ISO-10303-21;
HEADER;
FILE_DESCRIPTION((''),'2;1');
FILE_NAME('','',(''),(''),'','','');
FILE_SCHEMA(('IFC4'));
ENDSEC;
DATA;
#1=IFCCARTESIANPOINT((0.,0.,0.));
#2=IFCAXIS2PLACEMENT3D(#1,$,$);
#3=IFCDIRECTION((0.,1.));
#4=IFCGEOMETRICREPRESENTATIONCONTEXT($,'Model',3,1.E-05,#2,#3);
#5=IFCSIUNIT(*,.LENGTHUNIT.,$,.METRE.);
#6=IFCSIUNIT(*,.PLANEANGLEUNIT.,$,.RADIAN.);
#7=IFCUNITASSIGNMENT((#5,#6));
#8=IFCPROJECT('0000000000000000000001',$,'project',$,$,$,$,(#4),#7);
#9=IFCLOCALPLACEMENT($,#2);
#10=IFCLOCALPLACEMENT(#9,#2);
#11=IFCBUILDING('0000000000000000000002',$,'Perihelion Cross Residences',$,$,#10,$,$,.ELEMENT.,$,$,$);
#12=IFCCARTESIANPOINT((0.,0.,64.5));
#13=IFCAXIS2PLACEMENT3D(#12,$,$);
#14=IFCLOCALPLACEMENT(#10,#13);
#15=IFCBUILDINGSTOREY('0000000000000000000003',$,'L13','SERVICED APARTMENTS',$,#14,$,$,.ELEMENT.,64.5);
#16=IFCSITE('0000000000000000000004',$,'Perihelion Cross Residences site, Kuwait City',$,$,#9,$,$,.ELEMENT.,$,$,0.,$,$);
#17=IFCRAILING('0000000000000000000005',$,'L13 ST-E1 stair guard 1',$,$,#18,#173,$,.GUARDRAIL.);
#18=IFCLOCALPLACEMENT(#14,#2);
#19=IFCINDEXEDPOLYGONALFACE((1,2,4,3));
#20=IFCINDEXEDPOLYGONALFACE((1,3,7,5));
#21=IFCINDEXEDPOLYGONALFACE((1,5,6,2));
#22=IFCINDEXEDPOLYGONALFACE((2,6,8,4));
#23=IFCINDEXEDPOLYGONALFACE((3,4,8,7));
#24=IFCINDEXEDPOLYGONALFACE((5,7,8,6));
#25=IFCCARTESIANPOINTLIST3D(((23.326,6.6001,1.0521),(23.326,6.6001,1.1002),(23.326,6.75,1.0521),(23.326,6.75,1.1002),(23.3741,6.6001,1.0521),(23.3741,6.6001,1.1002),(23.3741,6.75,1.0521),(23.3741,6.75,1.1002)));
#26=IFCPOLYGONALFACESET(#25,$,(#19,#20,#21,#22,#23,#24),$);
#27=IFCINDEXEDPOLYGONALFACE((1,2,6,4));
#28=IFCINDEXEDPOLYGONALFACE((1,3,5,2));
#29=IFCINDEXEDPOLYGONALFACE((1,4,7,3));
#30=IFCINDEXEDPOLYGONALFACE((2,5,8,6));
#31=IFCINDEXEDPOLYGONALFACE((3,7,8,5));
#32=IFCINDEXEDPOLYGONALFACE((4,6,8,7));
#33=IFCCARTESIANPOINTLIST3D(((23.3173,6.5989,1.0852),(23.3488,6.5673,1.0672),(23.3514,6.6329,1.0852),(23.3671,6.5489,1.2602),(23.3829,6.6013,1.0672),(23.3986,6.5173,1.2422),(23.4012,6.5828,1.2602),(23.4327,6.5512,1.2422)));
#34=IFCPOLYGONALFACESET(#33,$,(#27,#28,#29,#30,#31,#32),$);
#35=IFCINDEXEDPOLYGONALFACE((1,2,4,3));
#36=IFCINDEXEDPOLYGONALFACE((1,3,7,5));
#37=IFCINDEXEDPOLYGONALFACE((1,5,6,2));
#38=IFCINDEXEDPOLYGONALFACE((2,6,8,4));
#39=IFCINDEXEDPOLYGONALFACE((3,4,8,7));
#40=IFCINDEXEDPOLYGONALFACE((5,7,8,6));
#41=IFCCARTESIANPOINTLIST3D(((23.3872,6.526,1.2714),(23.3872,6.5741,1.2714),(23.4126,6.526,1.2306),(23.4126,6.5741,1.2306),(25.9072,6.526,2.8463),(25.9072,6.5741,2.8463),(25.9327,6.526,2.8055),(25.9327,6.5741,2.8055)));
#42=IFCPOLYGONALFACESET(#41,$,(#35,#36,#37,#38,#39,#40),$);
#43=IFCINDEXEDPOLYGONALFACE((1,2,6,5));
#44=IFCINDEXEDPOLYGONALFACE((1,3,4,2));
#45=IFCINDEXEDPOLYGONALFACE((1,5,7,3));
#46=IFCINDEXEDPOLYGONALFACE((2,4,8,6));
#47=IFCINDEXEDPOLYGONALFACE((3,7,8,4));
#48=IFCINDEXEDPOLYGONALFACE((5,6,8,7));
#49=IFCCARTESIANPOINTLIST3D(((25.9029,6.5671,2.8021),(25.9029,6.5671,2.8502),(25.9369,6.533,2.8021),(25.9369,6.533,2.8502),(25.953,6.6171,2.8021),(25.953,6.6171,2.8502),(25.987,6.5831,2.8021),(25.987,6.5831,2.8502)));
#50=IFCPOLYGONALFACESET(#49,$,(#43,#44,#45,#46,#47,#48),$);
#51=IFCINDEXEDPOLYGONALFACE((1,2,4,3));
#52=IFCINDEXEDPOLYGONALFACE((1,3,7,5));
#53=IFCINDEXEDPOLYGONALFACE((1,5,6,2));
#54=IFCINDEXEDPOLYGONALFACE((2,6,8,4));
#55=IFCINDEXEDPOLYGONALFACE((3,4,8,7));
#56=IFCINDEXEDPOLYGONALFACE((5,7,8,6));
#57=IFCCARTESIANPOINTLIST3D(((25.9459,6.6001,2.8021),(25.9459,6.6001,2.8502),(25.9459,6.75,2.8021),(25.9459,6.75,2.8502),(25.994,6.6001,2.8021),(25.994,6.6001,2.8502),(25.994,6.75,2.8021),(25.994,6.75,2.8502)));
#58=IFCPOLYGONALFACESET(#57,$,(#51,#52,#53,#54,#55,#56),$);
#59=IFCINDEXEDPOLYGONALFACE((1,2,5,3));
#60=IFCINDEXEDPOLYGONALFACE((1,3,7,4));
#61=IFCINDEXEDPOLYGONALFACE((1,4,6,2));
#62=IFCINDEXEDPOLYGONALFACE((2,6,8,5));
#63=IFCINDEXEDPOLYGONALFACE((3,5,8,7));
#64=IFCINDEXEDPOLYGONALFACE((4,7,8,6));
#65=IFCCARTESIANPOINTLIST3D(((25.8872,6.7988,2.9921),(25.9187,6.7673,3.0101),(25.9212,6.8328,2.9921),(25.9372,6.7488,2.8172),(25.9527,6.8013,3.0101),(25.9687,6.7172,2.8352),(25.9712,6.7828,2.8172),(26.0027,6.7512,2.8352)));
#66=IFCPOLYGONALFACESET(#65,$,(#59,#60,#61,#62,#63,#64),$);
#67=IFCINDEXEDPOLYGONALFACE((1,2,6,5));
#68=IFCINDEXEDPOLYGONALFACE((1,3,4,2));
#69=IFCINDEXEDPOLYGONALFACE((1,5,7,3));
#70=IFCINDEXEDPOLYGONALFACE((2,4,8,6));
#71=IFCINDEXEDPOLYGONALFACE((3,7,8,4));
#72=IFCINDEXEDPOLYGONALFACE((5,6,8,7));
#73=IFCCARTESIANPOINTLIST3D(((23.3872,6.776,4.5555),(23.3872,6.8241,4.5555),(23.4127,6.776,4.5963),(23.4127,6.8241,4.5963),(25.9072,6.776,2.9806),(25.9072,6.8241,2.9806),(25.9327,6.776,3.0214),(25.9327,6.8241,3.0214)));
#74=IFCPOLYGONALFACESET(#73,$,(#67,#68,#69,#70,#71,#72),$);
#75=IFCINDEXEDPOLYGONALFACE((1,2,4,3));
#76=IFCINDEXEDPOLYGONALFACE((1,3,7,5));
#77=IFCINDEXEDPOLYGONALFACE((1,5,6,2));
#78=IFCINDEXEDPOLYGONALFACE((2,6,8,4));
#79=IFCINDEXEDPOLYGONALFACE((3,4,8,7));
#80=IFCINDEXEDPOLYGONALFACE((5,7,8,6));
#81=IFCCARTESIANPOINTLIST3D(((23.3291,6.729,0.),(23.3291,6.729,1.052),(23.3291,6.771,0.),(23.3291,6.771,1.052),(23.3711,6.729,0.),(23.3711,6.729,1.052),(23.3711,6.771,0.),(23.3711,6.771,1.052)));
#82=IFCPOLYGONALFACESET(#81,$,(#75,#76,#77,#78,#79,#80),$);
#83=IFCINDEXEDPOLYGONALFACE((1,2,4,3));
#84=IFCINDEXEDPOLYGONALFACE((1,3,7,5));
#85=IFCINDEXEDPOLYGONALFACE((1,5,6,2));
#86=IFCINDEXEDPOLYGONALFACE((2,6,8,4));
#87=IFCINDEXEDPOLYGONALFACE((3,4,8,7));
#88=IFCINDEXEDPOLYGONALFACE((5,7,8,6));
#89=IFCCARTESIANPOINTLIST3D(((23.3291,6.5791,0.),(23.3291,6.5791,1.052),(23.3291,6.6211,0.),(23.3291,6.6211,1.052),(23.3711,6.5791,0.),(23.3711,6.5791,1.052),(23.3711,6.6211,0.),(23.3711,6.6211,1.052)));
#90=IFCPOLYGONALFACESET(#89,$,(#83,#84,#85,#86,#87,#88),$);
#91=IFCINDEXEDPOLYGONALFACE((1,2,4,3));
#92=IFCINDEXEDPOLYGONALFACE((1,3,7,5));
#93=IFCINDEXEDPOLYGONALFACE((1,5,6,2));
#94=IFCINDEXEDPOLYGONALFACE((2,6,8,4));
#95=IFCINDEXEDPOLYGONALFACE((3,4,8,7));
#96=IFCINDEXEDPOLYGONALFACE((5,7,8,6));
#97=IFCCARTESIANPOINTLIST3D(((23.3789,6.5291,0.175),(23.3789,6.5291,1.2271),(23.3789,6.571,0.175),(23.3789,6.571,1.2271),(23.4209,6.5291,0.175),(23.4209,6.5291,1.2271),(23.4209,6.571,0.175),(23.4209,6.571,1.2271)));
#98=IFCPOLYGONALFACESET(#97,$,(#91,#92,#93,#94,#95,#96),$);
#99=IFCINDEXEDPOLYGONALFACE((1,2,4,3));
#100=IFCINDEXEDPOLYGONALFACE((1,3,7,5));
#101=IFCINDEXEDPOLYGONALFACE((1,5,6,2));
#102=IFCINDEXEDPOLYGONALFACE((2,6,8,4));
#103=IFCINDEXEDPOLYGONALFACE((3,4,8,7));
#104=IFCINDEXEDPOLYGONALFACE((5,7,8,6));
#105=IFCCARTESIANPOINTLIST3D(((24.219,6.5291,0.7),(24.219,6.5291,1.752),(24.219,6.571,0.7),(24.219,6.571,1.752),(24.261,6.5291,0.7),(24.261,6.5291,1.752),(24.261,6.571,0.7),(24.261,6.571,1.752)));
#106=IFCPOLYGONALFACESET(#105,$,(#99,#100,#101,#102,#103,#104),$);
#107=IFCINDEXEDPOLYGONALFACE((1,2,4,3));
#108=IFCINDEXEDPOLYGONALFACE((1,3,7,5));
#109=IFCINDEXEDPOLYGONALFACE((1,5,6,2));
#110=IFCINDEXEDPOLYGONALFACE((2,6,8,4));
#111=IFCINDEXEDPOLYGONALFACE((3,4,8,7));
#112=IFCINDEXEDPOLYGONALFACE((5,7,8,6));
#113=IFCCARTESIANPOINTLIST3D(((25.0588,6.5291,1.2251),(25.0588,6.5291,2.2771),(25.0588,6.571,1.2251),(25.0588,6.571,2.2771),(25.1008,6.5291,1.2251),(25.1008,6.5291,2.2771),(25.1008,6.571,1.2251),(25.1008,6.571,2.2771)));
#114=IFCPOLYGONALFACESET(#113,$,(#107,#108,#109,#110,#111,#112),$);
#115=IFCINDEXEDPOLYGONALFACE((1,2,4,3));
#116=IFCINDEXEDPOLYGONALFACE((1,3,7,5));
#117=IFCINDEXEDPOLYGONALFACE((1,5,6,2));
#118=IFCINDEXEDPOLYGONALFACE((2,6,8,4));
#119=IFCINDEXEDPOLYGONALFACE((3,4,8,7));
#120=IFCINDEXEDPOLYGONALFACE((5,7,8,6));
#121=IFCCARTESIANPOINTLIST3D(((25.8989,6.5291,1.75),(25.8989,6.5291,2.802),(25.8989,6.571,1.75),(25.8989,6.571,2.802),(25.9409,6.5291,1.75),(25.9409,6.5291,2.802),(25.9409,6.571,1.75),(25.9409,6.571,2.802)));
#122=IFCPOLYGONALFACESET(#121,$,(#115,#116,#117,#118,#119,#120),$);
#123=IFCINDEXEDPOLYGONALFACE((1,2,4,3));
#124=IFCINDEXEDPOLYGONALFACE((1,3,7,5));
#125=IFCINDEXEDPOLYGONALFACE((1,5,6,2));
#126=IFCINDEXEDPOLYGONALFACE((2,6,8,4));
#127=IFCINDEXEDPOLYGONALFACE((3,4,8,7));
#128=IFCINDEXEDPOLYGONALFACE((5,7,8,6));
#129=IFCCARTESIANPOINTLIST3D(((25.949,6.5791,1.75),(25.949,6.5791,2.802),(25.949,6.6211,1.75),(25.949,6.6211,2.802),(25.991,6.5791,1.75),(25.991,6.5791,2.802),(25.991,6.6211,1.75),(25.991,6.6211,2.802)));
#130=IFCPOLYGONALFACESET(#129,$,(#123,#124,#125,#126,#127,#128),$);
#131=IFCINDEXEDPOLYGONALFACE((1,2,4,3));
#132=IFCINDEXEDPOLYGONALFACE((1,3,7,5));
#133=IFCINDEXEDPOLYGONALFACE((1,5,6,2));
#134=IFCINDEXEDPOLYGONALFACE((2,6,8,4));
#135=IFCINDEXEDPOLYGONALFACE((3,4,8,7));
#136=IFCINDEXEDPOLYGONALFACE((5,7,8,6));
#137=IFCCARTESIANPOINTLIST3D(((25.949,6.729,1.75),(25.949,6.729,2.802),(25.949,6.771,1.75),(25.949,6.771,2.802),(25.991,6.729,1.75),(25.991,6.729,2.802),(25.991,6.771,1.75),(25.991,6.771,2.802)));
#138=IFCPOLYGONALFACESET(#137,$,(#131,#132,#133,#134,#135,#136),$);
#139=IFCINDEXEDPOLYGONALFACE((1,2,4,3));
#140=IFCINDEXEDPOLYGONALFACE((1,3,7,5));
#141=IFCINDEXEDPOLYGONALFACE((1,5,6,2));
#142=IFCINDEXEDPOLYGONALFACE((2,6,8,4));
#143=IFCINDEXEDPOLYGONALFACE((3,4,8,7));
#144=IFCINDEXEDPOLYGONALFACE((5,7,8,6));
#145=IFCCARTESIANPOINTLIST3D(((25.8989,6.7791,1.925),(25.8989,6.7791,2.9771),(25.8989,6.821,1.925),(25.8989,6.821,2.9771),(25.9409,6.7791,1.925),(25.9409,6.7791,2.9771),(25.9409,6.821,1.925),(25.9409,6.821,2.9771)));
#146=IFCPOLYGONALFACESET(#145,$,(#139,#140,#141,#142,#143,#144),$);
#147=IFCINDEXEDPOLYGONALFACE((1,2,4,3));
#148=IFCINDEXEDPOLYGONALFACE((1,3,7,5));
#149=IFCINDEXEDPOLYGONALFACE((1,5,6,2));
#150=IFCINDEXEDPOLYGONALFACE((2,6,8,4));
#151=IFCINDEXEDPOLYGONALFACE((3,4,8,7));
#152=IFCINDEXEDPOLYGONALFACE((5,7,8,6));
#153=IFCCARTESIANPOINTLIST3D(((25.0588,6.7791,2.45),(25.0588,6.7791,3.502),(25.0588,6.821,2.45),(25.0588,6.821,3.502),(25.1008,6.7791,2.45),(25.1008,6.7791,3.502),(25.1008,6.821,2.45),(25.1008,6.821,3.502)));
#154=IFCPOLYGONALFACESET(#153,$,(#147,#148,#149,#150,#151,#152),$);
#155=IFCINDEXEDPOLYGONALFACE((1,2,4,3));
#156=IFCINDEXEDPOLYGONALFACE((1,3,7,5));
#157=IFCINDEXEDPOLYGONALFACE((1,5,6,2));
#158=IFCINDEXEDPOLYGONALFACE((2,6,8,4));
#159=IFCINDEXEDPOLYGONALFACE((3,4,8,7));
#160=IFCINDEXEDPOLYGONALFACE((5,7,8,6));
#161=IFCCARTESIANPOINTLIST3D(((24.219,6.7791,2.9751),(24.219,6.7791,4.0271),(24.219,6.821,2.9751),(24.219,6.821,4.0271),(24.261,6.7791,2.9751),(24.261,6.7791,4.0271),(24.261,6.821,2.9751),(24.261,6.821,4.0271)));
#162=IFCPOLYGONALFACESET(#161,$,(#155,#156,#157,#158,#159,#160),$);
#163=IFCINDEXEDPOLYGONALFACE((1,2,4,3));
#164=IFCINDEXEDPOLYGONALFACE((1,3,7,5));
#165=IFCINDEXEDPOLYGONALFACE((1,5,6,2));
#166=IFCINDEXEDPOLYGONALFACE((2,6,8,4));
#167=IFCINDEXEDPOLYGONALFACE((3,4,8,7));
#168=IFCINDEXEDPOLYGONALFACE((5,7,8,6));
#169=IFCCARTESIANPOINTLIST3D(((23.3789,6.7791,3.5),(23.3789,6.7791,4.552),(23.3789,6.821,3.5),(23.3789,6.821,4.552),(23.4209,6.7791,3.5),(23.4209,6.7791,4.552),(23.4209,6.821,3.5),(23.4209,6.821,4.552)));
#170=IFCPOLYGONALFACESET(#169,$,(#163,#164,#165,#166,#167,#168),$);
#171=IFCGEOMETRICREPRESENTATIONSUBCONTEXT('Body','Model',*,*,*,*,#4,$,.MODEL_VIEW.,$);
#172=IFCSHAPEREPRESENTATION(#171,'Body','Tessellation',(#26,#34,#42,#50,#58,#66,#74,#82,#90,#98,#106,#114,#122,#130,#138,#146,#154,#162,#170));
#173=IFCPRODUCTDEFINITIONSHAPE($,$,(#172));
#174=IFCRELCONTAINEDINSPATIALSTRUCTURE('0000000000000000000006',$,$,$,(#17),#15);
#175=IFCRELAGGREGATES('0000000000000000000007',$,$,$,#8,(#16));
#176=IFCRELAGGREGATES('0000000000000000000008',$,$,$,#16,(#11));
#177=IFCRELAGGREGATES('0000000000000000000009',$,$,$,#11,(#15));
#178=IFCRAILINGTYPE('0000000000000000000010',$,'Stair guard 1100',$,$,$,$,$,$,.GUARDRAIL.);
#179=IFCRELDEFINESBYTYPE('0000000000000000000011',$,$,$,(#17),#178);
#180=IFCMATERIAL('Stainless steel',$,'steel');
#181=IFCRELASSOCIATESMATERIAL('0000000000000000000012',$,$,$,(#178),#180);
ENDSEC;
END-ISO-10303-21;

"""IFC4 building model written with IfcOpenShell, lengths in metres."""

from ifc_helpers import new_model, si_unit, direction, frame, origin, origin_2d, place, context, subcontext, project, spatial, rectangle, extrude, material, type_object, element, save


model = new_model("IFC4")

# Units and contexts
model_context = context("Model", 3, precision=1e-05, world=origin(), true_north=direction((0.0, 1.0)))
body_context = subcontext(model_context, "Body", "Model", "MODEL_VIEW")
ifc_project = project(units=[si_unit("LENGTHUNIT", "METRE"), si_unit("PLANEANGLEUNIT", "RADIAN")], contexts=[model_context])

# Site, building, storey
site_placement = place(None, origin())
site = spatial("IfcSite", under=ifc_project, at=site_placement, Name="Perihelion Cross Residences site, Kuwait City", CompositionType="ELEMENT", RefElevation=0.0)
building_placement = place(site_placement, origin())
building = spatial("IfcBuilding", under=site, at=building_placement, Name="Perihelion Cross Residences", CompositionType="ELEMENT")
storey_placement = place(building_placement, frame((0.0, 0.0, 64.5)))
storey = spatial("IfcBuildingStorey", under=building, at=storey_placement, Name="L13", Description="SERVICED APARTMENTS", CompositionType="ELEMENT", Elevation=64.5)

# Railing
ifc_material_1 = material(Name="Stainless steel", Category="steel")
railing_type_1 = type_object("IfcRailingType", Name="Stair guard 1100", PredefinedType="GUARDRAIL", material=ifc_material_1)
railing_1_placement = place(storey_placement, frame((23.3501, 6.75, 0.0)))
element("IfcRailing", 1, at=railing_1_placement, inside=storey, type_object=railing_type_1, Name="L13 ST-E1 stair guard 1", PredefinedType="GUARDRAIL", context=body_context, shape_type="SweptSolid", body=[
    extrude(rectangle(XDim=0.0481, YDim=0.0481, at=origin_2d()), frame((0.0, 0.0, 1.0762), z_axis=(0.0, -1.0, 0.0), x_axis=(1.0, 0.0, 0.0)), (0.0, 0.0, 1.0), 0.1499),
    extrude(rectangle(XDim=0.0481, YDim=0.0481, at=origin_2d()), frame((0.0, -0.1499, 1.0762), z_axis=(0.263862, -0.265156, 0.927399), x_axis=(0.708834, 0.705376, 0.0)), (0.0, 0.0, 1.0), 0.1887),
    extrude(rectangle(XDim=0.0481, YDim=0.0481, at=origin_2d()), frame((0.0498, -0.2, 1.251), z_axis=(0.848008, 0.0, 0.529984), x_axis=(0.0, 1.0, 0.0)), (0.0, 0.0, 1.0), 2.9717),
    extrude(rectangle(XDim=0.0481, YDim=0.0481, at=origin_2d()), frame((2.5698, -0.2, 2.8262), z_axis=(0.707107, 0.707107, 0.0), x_axis=(-0.707107, 0.707107, 0.0)), (0.0, 0.0, 1.0), 0.0708),
    extrude(rectangle(XDim=0.0481, YDim=0.0481, at=origin_2d()), frame((2.6199, -0.1499, 2.8262), z_axis=(0.0, 1.0, 0.0), x_axis=(-1.0, 0.0, 0.0)), (0.0, 0.0, 1.0), 0.1499),
    extrude(rectangle(XDim=0.0481, YDim=0.0481, at=origin_2d()), frame((2.6199, 0.0, 2.8262), z_axis=(-0.265065, 0.265065, 0.927082), x_axis=(-0.707107, -0.707107, 0.0)), (0.0, 0.0, 1.0), 0.1887),
    extrude(rectangle(XDim=0.0481, YDim=0.0481, at=origin_2d()), frame((2.5698, 0.05, 3.001), z_axis=(-0.848008, 0.0, 0.529984), x_axis=(0.0, -1.0, 0.0)), (0.0, 0.0, 1.0), 2.9717),
    extrude(rectangle(XDim=0.042, YDim=0.042, at=origin_2d()), origin(), (0.0, 0.0, 1.0), 1.052),
    extrude(rectangle(XDim=0.042, YDim=0.042, at=origin_2d()), frame((0.0, -0.1499, 0.0)), (0.0, 0.0, 1.0), 1.052),
    extrude(rectangle(XDim=0.042, YDim=0.042, at=origin_2d()), frame((0.0498, -0.2, 0.175)), (0.0, 0.0, 1.0), 1.052),
    extrude(rectangle(XDim=0.042, YDim=0.042, at=origin_2d()), frame((0.8899, -0.2, 0.7)), (0.0, 0.0, 1.0), 1.052),
    extrude(rectangle(XDim=0.042, YDim=0.042, at=origin_2d()), frame((1.7297, -0.2, 1.2251)), (0.0, 0.0, 1.0), 1.052),
    extrude(rectangle(XDim=0.042, YDim=0.042, at=origin_2d()), frame((2.5698, -0.2, 1.75)), (0.0, 0.0, 1.0), 1.052),
    extrude(rectangle(XDim=0.042, YDim=0.042, at=origin_2d()), frame((2.6199, -0.1499, 1.75)), (0.0, 0.0, 1.0), 1.052),
    extrude(rectangle(XDim=0.042, YDim=0.042, at=origin_2d()), frame((2.6199, 0.0, 1.75)), (0.0, 0.0, 1.0), 1.052),
    extrude(rectangle(XDim=0.042, YDim=0.042, at=origin_2d()), frame((2.5698, 0.05, 1.925)), (0.0, 0.0, 1.0), 1.052),
    extrude(rectangle(XDim=0.042, YDim=0.042, at=origin_2d()), frame((1.7297, 0.05, 2.45)), (0.0, 0.0, 1.0), 1.052),
    extrude(rectangle(XDim=0.042, YDim=0.042, at=origin_2d()), frame((0.8899, 0.05, 2.9751)), (0.0, 0.0, 1.0), 1.052),
    extrude(rectangle(XDim=0.042, YDim=0.042, at=origin_2d()), frame((0.0498, 0.05, 3.5)), (0.0, 0.0, 1.0), 1.052),
])

save(model, "model.ifc")
